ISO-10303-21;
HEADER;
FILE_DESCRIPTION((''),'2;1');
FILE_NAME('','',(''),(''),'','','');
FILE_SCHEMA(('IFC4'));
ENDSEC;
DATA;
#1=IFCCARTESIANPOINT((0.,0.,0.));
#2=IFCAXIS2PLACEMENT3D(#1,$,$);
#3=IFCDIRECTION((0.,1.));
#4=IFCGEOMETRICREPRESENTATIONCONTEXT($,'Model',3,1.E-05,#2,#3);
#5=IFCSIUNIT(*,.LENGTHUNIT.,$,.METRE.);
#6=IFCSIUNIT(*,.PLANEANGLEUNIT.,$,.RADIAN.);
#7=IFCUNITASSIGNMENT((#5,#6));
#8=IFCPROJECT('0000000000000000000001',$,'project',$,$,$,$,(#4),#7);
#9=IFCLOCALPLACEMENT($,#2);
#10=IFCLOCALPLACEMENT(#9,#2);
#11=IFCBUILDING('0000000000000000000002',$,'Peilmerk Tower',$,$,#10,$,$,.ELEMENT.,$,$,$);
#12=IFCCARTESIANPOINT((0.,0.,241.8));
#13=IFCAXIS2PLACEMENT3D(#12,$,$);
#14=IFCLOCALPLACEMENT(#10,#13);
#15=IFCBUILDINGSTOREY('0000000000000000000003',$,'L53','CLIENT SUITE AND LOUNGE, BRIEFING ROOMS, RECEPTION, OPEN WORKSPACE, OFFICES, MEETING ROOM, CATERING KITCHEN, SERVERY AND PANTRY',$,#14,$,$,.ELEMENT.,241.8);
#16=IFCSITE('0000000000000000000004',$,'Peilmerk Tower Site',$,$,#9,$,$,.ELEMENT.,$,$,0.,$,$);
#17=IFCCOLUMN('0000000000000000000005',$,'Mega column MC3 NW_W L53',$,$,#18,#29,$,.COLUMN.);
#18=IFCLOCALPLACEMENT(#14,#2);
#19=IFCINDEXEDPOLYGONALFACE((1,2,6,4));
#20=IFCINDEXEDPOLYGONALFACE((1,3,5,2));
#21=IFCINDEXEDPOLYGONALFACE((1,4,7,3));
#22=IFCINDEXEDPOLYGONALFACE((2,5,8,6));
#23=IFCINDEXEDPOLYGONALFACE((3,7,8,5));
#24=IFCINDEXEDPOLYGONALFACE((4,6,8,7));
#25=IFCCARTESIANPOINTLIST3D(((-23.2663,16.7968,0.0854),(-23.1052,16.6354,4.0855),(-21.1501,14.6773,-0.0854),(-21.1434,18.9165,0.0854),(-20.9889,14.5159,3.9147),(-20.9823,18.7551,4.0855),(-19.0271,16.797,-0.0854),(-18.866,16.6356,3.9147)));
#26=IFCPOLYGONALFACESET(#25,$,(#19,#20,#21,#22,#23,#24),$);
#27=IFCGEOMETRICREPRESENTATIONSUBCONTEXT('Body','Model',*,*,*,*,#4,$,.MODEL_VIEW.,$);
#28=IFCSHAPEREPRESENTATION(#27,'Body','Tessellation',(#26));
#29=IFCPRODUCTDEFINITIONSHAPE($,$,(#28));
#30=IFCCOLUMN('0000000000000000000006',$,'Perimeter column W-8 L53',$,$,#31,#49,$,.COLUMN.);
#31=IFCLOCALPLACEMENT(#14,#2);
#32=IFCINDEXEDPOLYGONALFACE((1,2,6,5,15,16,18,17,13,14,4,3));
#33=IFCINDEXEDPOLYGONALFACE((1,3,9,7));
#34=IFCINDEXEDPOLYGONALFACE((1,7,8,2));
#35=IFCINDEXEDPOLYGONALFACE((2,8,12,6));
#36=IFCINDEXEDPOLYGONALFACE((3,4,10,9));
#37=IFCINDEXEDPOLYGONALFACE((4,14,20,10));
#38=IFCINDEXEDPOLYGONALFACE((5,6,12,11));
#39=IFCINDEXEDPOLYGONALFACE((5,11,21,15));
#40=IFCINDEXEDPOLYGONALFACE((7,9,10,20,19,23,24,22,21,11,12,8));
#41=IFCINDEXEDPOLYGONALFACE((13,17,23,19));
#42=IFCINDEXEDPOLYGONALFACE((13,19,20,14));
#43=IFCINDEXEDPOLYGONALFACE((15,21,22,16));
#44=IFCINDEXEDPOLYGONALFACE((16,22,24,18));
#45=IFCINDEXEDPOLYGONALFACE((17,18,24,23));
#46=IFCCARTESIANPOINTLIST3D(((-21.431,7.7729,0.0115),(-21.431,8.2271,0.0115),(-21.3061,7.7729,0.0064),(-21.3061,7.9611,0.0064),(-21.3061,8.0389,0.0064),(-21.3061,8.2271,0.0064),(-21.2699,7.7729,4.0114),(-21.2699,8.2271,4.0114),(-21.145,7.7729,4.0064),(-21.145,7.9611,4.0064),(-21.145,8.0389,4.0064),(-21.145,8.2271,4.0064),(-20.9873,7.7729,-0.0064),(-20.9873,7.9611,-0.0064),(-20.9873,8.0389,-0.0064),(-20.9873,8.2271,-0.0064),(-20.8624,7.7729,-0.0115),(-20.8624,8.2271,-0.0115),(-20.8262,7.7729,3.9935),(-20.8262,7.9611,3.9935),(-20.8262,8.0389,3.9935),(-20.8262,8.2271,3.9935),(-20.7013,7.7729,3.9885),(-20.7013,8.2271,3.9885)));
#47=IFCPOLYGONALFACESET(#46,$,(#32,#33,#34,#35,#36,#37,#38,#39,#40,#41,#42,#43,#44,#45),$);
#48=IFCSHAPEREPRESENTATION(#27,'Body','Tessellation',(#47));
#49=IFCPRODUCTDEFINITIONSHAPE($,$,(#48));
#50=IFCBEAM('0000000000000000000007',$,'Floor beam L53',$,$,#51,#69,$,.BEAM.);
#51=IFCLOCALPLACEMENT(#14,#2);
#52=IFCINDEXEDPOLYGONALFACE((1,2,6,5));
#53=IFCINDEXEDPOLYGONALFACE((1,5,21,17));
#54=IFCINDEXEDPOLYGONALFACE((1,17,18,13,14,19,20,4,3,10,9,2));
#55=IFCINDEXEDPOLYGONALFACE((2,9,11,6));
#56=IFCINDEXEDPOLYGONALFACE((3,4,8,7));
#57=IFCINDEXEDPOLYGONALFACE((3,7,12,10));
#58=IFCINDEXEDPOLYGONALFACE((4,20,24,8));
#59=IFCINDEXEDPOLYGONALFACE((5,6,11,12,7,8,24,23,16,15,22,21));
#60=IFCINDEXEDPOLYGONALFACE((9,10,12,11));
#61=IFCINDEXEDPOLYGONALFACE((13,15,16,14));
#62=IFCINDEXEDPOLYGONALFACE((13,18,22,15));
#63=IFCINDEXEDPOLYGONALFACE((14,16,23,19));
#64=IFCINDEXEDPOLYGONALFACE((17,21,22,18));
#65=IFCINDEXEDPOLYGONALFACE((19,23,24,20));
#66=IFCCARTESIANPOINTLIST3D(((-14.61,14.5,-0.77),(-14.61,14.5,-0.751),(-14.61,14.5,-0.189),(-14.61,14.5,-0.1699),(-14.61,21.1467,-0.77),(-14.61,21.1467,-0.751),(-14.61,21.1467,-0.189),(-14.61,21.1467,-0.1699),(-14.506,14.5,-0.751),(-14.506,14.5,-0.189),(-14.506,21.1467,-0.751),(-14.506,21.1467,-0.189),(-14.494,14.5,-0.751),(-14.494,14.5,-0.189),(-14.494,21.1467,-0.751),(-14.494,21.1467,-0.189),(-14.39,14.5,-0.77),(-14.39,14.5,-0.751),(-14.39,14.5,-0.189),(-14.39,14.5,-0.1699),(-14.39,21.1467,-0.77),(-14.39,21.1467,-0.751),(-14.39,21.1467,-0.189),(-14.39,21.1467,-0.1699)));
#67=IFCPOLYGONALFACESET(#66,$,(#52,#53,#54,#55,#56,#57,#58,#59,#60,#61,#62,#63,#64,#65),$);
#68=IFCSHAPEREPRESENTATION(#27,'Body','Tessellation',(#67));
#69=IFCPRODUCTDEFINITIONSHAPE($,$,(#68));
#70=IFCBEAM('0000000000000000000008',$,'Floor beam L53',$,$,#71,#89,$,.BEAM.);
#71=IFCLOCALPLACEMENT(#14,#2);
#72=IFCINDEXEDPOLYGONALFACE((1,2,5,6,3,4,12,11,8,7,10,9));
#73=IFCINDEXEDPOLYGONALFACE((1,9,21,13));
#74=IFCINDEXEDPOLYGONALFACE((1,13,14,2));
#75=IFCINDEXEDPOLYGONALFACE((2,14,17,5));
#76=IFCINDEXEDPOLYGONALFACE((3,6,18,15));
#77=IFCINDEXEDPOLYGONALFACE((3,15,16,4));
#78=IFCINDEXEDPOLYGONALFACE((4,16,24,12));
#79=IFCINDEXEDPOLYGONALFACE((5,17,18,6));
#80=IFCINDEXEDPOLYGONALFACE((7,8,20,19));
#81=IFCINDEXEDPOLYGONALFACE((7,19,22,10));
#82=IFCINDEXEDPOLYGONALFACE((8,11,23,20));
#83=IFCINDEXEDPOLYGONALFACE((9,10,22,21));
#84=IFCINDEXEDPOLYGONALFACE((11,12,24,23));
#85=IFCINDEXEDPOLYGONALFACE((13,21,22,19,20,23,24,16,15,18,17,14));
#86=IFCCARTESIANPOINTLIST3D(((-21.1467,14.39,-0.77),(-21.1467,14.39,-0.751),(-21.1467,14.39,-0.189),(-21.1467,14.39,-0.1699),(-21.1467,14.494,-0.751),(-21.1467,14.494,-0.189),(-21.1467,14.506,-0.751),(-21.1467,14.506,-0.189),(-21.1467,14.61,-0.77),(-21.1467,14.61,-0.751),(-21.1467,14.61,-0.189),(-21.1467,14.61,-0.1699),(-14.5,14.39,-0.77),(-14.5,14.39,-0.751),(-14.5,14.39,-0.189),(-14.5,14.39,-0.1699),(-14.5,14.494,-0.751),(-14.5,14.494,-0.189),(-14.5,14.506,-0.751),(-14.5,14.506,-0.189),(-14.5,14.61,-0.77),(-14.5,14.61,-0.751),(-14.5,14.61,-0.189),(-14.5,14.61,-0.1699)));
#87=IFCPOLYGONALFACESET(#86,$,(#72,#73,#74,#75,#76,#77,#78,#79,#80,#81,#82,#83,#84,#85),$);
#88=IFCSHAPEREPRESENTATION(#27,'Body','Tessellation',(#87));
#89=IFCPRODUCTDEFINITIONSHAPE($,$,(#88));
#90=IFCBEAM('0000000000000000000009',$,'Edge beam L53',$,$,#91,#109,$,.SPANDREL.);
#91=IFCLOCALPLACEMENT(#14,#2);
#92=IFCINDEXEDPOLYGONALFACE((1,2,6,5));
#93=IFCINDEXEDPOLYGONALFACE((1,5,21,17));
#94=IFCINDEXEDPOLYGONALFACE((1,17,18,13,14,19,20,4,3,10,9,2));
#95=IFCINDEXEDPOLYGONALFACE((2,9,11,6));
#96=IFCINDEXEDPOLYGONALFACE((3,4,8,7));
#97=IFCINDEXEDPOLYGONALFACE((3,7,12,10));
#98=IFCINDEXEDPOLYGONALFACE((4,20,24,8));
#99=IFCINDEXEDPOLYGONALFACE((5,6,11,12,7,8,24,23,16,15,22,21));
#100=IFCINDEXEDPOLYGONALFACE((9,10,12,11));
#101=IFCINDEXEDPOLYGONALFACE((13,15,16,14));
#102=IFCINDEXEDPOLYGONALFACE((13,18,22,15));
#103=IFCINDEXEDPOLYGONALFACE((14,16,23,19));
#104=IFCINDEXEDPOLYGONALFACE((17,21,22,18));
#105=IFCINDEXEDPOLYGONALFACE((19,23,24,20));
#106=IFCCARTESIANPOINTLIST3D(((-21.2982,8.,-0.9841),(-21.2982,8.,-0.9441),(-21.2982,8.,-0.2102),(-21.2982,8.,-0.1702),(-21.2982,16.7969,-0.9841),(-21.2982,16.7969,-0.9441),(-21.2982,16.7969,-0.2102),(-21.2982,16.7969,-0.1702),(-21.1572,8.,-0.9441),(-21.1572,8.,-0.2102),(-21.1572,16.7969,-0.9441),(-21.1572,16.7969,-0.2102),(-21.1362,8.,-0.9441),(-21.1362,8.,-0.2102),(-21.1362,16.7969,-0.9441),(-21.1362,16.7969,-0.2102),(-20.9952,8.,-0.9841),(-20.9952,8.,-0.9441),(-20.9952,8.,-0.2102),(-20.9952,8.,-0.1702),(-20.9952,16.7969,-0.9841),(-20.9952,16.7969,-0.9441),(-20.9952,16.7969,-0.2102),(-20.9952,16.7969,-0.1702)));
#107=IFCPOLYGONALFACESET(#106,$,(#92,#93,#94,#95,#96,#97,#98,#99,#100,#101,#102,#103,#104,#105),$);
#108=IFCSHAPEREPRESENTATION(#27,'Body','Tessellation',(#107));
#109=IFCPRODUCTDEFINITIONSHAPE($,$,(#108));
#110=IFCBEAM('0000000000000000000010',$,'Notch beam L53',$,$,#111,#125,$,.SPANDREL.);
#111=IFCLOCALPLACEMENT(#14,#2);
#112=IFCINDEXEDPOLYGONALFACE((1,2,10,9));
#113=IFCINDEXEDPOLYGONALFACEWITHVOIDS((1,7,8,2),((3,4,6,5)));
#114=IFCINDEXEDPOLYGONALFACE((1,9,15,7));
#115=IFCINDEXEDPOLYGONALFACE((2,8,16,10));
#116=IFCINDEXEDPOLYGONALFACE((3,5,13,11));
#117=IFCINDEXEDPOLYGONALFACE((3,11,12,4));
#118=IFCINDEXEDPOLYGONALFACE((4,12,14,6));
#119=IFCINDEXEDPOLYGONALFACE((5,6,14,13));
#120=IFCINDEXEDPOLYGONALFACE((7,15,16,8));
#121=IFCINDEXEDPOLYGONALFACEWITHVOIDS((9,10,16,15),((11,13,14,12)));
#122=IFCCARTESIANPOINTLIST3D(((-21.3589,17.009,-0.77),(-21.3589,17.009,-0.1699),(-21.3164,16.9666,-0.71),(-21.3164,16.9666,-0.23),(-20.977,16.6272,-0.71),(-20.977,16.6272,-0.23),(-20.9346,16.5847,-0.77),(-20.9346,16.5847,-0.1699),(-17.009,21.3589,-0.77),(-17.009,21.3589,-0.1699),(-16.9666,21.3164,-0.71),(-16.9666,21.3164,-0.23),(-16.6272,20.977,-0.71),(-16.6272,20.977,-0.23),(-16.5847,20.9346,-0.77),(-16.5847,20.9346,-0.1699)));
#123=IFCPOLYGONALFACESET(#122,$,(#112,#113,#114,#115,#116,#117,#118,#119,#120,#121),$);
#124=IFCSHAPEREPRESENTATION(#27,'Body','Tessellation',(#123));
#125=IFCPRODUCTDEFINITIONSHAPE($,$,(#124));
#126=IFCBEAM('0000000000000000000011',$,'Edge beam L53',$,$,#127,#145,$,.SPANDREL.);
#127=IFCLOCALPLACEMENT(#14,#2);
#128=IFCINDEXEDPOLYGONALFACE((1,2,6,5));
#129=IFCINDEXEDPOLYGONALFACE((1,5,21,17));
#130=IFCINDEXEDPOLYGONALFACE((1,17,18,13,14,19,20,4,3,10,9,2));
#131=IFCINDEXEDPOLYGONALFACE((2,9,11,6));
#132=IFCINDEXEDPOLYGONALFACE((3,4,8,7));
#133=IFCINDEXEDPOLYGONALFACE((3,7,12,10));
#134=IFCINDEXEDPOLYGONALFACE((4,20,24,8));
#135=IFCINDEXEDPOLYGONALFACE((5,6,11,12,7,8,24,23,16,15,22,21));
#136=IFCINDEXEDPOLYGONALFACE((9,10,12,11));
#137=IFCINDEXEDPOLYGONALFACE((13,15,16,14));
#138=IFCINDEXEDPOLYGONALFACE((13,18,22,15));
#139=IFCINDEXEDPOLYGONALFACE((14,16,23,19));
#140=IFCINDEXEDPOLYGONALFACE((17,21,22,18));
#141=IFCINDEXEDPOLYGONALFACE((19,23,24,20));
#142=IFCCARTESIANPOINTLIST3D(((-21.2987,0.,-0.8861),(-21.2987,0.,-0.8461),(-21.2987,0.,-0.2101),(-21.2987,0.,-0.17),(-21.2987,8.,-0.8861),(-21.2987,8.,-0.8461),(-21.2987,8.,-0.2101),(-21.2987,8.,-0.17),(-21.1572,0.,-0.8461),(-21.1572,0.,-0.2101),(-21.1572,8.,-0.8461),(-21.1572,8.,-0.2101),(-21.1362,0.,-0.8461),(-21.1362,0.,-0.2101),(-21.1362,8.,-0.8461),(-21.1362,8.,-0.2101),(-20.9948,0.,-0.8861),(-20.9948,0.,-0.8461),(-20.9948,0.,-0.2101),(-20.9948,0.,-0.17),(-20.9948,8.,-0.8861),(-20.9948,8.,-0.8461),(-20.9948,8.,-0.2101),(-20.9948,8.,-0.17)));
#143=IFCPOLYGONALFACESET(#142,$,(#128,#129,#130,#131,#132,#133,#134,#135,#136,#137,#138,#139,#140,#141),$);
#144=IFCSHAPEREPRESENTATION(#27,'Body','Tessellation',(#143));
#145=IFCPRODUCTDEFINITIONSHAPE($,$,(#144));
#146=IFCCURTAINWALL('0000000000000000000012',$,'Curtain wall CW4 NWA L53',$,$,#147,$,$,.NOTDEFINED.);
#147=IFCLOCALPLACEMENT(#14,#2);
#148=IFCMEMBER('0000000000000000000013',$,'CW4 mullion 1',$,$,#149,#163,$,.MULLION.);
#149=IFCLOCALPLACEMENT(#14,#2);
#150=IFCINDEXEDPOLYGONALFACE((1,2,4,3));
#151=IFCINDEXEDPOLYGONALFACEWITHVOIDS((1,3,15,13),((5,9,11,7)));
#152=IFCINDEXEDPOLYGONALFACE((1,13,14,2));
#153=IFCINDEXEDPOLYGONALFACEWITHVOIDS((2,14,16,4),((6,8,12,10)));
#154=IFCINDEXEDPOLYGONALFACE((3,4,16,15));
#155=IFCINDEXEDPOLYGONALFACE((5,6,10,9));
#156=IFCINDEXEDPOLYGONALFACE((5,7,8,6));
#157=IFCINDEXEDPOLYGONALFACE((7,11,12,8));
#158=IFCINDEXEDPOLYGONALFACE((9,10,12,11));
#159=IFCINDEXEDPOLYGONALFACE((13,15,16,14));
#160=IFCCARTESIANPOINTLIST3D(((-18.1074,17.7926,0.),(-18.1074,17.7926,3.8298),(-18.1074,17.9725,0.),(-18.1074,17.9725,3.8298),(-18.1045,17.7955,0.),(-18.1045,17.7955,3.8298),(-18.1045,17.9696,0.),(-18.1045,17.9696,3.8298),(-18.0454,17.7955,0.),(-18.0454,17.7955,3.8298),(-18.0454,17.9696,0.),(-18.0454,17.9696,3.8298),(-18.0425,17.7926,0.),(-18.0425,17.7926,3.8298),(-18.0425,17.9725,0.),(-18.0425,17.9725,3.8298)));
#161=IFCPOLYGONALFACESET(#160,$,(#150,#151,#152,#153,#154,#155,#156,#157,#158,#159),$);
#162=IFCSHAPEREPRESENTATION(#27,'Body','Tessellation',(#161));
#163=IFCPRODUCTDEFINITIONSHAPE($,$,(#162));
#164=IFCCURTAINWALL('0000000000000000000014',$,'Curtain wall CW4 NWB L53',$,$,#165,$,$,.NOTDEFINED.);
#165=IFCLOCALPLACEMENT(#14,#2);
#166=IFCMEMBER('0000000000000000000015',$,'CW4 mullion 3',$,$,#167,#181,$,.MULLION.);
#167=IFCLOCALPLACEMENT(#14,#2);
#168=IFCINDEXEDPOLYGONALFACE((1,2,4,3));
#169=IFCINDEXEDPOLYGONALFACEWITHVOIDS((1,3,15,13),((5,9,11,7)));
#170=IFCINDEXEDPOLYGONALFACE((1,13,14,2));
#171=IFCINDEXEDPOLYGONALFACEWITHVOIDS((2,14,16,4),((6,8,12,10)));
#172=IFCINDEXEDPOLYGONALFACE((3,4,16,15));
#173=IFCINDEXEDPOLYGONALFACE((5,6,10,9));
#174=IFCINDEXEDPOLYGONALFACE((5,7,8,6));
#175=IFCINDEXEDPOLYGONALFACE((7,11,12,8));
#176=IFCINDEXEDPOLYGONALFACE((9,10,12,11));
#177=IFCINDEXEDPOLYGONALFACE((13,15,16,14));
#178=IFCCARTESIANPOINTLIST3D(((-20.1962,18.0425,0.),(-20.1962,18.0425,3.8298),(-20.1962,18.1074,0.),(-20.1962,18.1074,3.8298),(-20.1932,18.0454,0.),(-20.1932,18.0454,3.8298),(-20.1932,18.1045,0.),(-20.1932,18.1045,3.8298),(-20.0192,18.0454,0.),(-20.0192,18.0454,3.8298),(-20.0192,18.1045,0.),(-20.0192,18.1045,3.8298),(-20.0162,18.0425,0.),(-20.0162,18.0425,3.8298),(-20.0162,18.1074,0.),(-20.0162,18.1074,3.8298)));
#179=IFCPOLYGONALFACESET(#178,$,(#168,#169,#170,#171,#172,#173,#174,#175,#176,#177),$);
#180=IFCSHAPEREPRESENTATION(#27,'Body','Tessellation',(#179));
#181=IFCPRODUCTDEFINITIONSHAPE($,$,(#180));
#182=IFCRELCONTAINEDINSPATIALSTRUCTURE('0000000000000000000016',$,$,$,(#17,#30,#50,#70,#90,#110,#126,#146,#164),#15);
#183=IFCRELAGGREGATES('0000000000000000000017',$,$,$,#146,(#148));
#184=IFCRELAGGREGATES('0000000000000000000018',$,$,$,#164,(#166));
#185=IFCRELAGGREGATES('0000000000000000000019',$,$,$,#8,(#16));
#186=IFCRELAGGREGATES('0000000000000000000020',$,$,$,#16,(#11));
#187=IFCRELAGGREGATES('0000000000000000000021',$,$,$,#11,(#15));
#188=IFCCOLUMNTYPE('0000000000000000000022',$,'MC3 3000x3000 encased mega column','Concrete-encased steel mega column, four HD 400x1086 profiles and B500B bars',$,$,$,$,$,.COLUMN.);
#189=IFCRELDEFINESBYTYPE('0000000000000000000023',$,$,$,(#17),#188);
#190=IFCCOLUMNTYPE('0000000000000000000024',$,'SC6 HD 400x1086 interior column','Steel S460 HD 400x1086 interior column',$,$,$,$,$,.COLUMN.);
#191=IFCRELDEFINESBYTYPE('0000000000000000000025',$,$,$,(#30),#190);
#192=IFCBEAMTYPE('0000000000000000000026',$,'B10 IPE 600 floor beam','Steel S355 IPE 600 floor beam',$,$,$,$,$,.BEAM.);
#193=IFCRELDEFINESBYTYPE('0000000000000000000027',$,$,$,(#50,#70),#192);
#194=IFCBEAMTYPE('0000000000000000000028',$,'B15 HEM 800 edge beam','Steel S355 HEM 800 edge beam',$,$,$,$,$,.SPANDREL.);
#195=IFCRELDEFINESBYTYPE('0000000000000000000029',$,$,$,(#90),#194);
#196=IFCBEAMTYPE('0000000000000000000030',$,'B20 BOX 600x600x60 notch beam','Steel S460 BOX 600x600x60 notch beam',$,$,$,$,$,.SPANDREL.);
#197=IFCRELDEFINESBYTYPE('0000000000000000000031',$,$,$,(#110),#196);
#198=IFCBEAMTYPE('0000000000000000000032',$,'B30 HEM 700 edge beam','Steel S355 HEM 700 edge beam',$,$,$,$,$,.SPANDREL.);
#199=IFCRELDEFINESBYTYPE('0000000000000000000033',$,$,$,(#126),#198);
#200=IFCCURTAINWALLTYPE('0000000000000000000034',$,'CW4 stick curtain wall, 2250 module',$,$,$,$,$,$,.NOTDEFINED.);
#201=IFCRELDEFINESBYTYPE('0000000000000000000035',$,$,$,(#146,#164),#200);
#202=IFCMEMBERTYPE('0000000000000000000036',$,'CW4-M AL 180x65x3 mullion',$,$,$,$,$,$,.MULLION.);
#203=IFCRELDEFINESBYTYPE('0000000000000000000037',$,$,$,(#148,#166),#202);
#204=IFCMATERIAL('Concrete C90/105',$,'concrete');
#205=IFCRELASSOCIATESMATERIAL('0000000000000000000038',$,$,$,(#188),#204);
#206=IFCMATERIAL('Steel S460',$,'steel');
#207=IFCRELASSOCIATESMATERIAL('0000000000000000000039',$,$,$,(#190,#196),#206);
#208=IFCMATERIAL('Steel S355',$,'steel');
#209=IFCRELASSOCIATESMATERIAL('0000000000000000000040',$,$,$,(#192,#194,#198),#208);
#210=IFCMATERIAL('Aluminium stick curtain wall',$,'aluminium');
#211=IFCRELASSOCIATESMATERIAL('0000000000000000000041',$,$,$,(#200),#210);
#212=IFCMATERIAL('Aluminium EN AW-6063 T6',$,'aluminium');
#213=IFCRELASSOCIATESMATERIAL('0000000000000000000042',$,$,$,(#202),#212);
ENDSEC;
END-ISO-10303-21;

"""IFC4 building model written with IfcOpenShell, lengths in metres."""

from ifc_helpers import new_model, si_unit, direction, frame, origin, origin_2d, place, context, subcontext, project, spatial, rectangle, hollow_rectangle, i_section, extrude, material, material_profile, profile_set, type_object, element, aggregate, save


model = new_model("IFC4")

# Units and contexts
model_context = context("Model", 3, precision=1e-05, world=origin(), true_north=direction((0.0, 1.0)))
body_context = subcontext(model_context, "Body", "Model", "MODEL_VIEW")
ifc_project = project(units=[si_unit("LENGTHUNIT", "METRE"), si_unit("PLANEANGLEUNIT", "RADIAN")], contexts=[model_context])

# Site, building, storey
site_placement = place(None, origin())
site = spatial("IfcSite", under=ifc_project, at=site_placement, Name="Peilmerk Tower Site", CompositionType="ELEMENT", RefElevation=0.0)
building_placement = place(site_placement, origin())
building = spatial("IfcBuilding", under=site, at=building_placement, Name="Peilmerk Tower", CompositionType="ELEMENT")
storey_placement = place(building_placement, frame((0.0, 0.0, 241.8)))
storey = spatial("IfcBuildingStorey", under=building, at=storey_placement, Name="L53", Description="CLIENT SUITE AND LOUNGE, BRIEFING ROOMS, RECEPTION, OPEN WORKSPACE, OFFICES, MEETING ROOM, CATERING KITCHEN, SERVERY AND PANTRY", CompositionType="ELEMENT", Elevation=241.8)

# Columns
ifc_material_1 = material(Name="Concrete C90/105", Category="concrete")
ifc_material_profile_1 = material_profile(ifc_material_1, rectangle(XDim=3.0, YDim=3.0, at=origin_2d()), Name="RC 3000x3000")
ifc_profile_set_1 = profile_set([ifc_material_profile_1], Name="Concrete C90/105")
column_type_1 = type_object("IfcColumnType", Name="MC3 3000x3000 encased mega column", Description="Concrete-encased steel mega column, four HD 400x1086 profiles and B500B bars", PredefinedType="COLUMN", material=ifc_profile_set_1)
column_1_placement = place(storey_placement, frame((-21.1467, 16.7969, 0.0), z_axis=(0.040218, -0.040279, 0.998379), x_axis=(0.707642, 0.706571, 0.0)))
element("IfcColumn", 1, at=column_1_placement, inside=storey, type_object=column_type_1, Name="Mega column MC3 NW_W L53", PredefinedType="COLUMN", context=body_context, shape_type="SweptSolid", body=[
    extrude(rectangle(XDim=3.0, YDim=3.0, at=origin_2d()), origin(), (0.0, 0.0, 1.0), 4.0066),
])
ifc_material_2 = material(Name="Steel S460", Category="steel")
ifc_material_profile_2 = material_profile(ifc_material_2, i_section(OverallWidth=0.4541, OverallDepth=0.5691, WebThickness=0.0779, FlangeThickness=0.125, at=origin_2d()), Name="HD 400x1086")
ifc_profile_set_2 = profile_set([ifc_material_profile_2], Name="Steel S460")
column_type_2 = type_object("IfcColumnType", Name="SC6 HD 400x1086 interior column", Description="Steel S460 HD 400x1086 interior column", PredefinedType="COLUMN", material=ifc_profile_set_2)
column_2_placement = place(storey_placement, frame((-21.1467, 8.0, 0.0), z_axis=(0.040251, 0.0, 0.99919), x_axis=(0.0, 1.0, 0.0)))
element("IfcColumn", 2, at=column_2_placement, inside=storey, type_object=column_type_2, Name="Perimeter column W-8 L53", PredefinedType="COLUMN", context=body_context, shape_type="SweptSolid", body=[
    extrude(i_section(OverallWidth=0.4541, OverallDepth=0.5691, WebThickness=0.0779, FlangeThickness=0.125, at=origin_2d()), origin(), (0.0, 0.0, 1.0), 4.0032),
])

# Beams
ifc_material_3 = material(Name="Steel S355", Category="steel")
ifc_material_profile_3 = material_profile(ifc_material_3, i_section(OverallWidth=0.22, OverallDepth=0.6001, WebThickness=0.012, FlangeThickness=0.019, at=origin_2d()), Name="IPE 600")
ifc_profile_set_3 = profile_set([ifc_material_profile_3], Name="Steel S355")
beam_type_1 = type_object("IfcBeamType", Name="B10 IPE 600 floor beam", Description="Steel S355 IPE 600 floor beam", PredefinedType="BEAM", material=ifc_profile_set_3)
for number, where, z_axis, x_axis, name in (
    (3, (-14.5, 14.5, -0.47), (0.0, 1.0, 0.0), (-1.0, 0.0, 0.0), "Floor beam L53"),
    (4, (-14.5, 14.5, -0.47), (-1.0, 0.0, 0.0), (0.0, -1.0, 0.0), "Floor beam L53"),
):
    element("IfcBeam", number, at=place(storey_placement, frame(where, z_axis=z_axis, x_axis=x_axis)), inside=storey, type_object=beam_type_1, Name=name, PredefinedType="BEAM", context=body_context, shape_type="SweptSolid", body=[
        extrude(i_section(OverallWidth=0.22, OverallDepth=0.6001, WebThickness=0.012, FlangeThickness=0.019, at=origin_2d()), origin(), (0.0, 0.0, 1.0), 6.6467),
    ])
ifc_material_profile_4 = material_profile(ifc_material_3, i_section(OverallWidth=0.303, OverallDepth=0.814, WebThickness=0.021, FlangeThickness=0.04, at=origin_2d()), Name="HEM 800")
ifc_profile_set_4 = profile_set([ifc_material_profile_4], Name="Steel S355")
beam_type_2 = type_object("IfcBeamType", Name="B15 HEM 800 edge beam", Description="Steel S355 HEM 800 edge beam", PredefinedType="SPANDREL", material=ifc_profile_set_4)
beam_1_placement = place(storey_placement, frame((-21.1467, 16.7969, -0.5771), z_axis=(0.0, -1.0, 0.0), x_axis=(1.0, 0.0, 0.0)))
element("IfcBeam", 5, at=beam_1_placement, inside=storey, type_object=beam_type_2, Name="Edge beam L53", PredefinedType="SPANDREL", context=body_context, shape_type="SweptSolid", body=[
    extrude(i_section(OverallWidth=0.303, OverallDepth=0.814, WebThickness=0.021, FlangeThickness=0.04, at=origin_2d()), origin(), (0.0, 0.0, 1.0), 8.7969),
])
ifc_material_profile_5 = material_profile(ifc_material_2, hollow_rectangle(XDim=0.6001, YDim=0.6001, WallThickness=0.0601, at=origin_2d()), Name="BOX 600x600x60")
ifc_profile_set_5 = profile_set([ifc_material_profile_5], Name="Steel S460")
beam_type_3 = type_object("IfcBeamType", Name="B20 BOX 600x600x60 notch beam", Description="Steel S460 BOX 600x600x60 notch beam", PredefinedType="SPANDREL", material=ifc_profile_set_5)
beam_2_placement = place(storey_placement, frame((-21.1467, 16.7969, -0.47), z_axis=(0.707107, 0.707107, 0.0), x_axis=(-0.707107, 0.707107, 0.0)))
element("IfcBeam", 6, at=beam_2_placement, inside=storey, type_object=beam_type_3, Name="Notch beam L53", PredefinedType="SPANDREL", context=body_context, shape_type="SweptSolid", body=[
    extrude(hollow_rectangle(XDim=0.6001, YDim=0.6001, WallThickness=0.0601, at=origin_2d()), origin(), (0.0, 0.0, 1.0), 6.1516),
])
ifc_material_profile_6 = material_profile(ifc_material_3, i_section(OverallWidth=0.304, OverallDepth=0.7161, WebThickness=0.021, FlangeThickness=0.04, at=origin_2d()), Name="HEM 700")
ifc_profile_set_6 = profile_set([ifc_material_profile_6], Name="Steel S355")
beam_type_4 = type_object("IfcBeamType", Name="B30 HEM 700 edge beam", Description="Steel S355 HEM 700 edge beam", PredefinedType="SPANDREL", material=ifc_profile_set_6)
beam_3_placement = place(storey_placement, frame((-21.1467, 8.0, -0.5281), z_axis=(0.0, -1.0, 0.0), x_axis=(1.0, 0.0, 0.0)))
element("IfcBeam", 7, at=beam_3_placement, inside=storey, type_object=beam_type_4, Name="Edge beam L53", PredefinedType="SPANDREL", context=body_context, shape_type="SweptSolid", body=[
    extrude(i_section(OverallWidth=0.304, OverallDepth=0.7161, WebThickness=0.021, FlangeThickness=0.04, at=origin_2d()), origin(), (0.0, 0.0, 1.0), 8.0),
])

# Curtain walls, members
ifc_material_4 = material(Name="Aluminium stick curtain wall", Category="aluminium")
curtain_wall_type = type_object("IfcCurtainWallType", Name="CW4 stick curtain wall, 2250 module", PredefinedType="NOTDEFINED", material=ifc_material_4)
curtain_wall_1_placement = place(storey_placement, origin())
curtain_wall_1 = element("IfcCurtainWall", 8, at=curtain_wall_1_placement, inside=storey, type_object=curtain_wall_type, Name="Curtain wall CW4 NWA L53", PredefinedType="NOTDEFINED")
ifc_material_5 = material(Name="Aluminium EN AW-6063 T6", Category="aluminium")
ifc_material_profile_7 = material_profile(ifc_material_5, hollow_rectangle(XDim=0.0649, YDim=0.1799, WallThickness=0.0029, at=origin_2d()), Name="AL 180x65x3")
ifc_profile_set_7 = profile_set([ifc_material_profile_7], Name="Aluminium EN AW-6063 T6")
member_type_1 = type_object("IfcMemberType", Name="CW4-M AL 180x65x3 mullion", PredefinedType="MULLION", material=ifc_profile_set_7)
member_1_placement = place(storey_placement, frame((-18.075, 17.8826, 0.0), z_axis=(0.0, 0.0, 1.0), x_axis=(-1.0, 0.0, 0.0)))
member_1 = element("IfcMember", 9, at=member_1_placement, type_object=member_type_1, Name="CW4 mullion 1", PredefinedType="MULLION", context=body_context, shape_type="SweptSolid", body=[
    extrude(hollow_rectangle(XDim=0.0649, YDim=0.1799, WallThickness=0.0029, at=origin_2d()), origin(), (0.0, 0.0, 1.0), 3.8298),
])
curtain_wall_2_placement = place(storey_placement, origin())
curtain_wall_2 = element("IfcCurtainWall", 10, at=curtain_wall_2_placement, inside=storey, type_object=curtain_wall_type, Name="Curtain wall CW4 NWB L53", PredefinedType="NOTDEFINED")
member_2_placement = place(storey_placement, frame((-20.1062, 18.075, 0.0), z_axis=(0.0, 0.0, 1.0), x_axis=(0.0, -1.0, 0.0)))
member_2 = element("IfcMember", 11, at=member_2_placement, type_object=member_type_1, Name="CW4 mullion 3", PredefinedType="MULLION", context=body_context, shape_type="SweptSolid", body=[
    extrude(hollow_rectangle(XDim=0.0649, YDim=0.1799, WallThickness=0.0029, at=origin_2d()), origin(), (0.0, 0.0, 1.0), 3.8298),
])

aggregate(curtain_wall_1, [member_1])

aggregate(curtain_wall_2, [member_2])

save(model, "model.ifc")
